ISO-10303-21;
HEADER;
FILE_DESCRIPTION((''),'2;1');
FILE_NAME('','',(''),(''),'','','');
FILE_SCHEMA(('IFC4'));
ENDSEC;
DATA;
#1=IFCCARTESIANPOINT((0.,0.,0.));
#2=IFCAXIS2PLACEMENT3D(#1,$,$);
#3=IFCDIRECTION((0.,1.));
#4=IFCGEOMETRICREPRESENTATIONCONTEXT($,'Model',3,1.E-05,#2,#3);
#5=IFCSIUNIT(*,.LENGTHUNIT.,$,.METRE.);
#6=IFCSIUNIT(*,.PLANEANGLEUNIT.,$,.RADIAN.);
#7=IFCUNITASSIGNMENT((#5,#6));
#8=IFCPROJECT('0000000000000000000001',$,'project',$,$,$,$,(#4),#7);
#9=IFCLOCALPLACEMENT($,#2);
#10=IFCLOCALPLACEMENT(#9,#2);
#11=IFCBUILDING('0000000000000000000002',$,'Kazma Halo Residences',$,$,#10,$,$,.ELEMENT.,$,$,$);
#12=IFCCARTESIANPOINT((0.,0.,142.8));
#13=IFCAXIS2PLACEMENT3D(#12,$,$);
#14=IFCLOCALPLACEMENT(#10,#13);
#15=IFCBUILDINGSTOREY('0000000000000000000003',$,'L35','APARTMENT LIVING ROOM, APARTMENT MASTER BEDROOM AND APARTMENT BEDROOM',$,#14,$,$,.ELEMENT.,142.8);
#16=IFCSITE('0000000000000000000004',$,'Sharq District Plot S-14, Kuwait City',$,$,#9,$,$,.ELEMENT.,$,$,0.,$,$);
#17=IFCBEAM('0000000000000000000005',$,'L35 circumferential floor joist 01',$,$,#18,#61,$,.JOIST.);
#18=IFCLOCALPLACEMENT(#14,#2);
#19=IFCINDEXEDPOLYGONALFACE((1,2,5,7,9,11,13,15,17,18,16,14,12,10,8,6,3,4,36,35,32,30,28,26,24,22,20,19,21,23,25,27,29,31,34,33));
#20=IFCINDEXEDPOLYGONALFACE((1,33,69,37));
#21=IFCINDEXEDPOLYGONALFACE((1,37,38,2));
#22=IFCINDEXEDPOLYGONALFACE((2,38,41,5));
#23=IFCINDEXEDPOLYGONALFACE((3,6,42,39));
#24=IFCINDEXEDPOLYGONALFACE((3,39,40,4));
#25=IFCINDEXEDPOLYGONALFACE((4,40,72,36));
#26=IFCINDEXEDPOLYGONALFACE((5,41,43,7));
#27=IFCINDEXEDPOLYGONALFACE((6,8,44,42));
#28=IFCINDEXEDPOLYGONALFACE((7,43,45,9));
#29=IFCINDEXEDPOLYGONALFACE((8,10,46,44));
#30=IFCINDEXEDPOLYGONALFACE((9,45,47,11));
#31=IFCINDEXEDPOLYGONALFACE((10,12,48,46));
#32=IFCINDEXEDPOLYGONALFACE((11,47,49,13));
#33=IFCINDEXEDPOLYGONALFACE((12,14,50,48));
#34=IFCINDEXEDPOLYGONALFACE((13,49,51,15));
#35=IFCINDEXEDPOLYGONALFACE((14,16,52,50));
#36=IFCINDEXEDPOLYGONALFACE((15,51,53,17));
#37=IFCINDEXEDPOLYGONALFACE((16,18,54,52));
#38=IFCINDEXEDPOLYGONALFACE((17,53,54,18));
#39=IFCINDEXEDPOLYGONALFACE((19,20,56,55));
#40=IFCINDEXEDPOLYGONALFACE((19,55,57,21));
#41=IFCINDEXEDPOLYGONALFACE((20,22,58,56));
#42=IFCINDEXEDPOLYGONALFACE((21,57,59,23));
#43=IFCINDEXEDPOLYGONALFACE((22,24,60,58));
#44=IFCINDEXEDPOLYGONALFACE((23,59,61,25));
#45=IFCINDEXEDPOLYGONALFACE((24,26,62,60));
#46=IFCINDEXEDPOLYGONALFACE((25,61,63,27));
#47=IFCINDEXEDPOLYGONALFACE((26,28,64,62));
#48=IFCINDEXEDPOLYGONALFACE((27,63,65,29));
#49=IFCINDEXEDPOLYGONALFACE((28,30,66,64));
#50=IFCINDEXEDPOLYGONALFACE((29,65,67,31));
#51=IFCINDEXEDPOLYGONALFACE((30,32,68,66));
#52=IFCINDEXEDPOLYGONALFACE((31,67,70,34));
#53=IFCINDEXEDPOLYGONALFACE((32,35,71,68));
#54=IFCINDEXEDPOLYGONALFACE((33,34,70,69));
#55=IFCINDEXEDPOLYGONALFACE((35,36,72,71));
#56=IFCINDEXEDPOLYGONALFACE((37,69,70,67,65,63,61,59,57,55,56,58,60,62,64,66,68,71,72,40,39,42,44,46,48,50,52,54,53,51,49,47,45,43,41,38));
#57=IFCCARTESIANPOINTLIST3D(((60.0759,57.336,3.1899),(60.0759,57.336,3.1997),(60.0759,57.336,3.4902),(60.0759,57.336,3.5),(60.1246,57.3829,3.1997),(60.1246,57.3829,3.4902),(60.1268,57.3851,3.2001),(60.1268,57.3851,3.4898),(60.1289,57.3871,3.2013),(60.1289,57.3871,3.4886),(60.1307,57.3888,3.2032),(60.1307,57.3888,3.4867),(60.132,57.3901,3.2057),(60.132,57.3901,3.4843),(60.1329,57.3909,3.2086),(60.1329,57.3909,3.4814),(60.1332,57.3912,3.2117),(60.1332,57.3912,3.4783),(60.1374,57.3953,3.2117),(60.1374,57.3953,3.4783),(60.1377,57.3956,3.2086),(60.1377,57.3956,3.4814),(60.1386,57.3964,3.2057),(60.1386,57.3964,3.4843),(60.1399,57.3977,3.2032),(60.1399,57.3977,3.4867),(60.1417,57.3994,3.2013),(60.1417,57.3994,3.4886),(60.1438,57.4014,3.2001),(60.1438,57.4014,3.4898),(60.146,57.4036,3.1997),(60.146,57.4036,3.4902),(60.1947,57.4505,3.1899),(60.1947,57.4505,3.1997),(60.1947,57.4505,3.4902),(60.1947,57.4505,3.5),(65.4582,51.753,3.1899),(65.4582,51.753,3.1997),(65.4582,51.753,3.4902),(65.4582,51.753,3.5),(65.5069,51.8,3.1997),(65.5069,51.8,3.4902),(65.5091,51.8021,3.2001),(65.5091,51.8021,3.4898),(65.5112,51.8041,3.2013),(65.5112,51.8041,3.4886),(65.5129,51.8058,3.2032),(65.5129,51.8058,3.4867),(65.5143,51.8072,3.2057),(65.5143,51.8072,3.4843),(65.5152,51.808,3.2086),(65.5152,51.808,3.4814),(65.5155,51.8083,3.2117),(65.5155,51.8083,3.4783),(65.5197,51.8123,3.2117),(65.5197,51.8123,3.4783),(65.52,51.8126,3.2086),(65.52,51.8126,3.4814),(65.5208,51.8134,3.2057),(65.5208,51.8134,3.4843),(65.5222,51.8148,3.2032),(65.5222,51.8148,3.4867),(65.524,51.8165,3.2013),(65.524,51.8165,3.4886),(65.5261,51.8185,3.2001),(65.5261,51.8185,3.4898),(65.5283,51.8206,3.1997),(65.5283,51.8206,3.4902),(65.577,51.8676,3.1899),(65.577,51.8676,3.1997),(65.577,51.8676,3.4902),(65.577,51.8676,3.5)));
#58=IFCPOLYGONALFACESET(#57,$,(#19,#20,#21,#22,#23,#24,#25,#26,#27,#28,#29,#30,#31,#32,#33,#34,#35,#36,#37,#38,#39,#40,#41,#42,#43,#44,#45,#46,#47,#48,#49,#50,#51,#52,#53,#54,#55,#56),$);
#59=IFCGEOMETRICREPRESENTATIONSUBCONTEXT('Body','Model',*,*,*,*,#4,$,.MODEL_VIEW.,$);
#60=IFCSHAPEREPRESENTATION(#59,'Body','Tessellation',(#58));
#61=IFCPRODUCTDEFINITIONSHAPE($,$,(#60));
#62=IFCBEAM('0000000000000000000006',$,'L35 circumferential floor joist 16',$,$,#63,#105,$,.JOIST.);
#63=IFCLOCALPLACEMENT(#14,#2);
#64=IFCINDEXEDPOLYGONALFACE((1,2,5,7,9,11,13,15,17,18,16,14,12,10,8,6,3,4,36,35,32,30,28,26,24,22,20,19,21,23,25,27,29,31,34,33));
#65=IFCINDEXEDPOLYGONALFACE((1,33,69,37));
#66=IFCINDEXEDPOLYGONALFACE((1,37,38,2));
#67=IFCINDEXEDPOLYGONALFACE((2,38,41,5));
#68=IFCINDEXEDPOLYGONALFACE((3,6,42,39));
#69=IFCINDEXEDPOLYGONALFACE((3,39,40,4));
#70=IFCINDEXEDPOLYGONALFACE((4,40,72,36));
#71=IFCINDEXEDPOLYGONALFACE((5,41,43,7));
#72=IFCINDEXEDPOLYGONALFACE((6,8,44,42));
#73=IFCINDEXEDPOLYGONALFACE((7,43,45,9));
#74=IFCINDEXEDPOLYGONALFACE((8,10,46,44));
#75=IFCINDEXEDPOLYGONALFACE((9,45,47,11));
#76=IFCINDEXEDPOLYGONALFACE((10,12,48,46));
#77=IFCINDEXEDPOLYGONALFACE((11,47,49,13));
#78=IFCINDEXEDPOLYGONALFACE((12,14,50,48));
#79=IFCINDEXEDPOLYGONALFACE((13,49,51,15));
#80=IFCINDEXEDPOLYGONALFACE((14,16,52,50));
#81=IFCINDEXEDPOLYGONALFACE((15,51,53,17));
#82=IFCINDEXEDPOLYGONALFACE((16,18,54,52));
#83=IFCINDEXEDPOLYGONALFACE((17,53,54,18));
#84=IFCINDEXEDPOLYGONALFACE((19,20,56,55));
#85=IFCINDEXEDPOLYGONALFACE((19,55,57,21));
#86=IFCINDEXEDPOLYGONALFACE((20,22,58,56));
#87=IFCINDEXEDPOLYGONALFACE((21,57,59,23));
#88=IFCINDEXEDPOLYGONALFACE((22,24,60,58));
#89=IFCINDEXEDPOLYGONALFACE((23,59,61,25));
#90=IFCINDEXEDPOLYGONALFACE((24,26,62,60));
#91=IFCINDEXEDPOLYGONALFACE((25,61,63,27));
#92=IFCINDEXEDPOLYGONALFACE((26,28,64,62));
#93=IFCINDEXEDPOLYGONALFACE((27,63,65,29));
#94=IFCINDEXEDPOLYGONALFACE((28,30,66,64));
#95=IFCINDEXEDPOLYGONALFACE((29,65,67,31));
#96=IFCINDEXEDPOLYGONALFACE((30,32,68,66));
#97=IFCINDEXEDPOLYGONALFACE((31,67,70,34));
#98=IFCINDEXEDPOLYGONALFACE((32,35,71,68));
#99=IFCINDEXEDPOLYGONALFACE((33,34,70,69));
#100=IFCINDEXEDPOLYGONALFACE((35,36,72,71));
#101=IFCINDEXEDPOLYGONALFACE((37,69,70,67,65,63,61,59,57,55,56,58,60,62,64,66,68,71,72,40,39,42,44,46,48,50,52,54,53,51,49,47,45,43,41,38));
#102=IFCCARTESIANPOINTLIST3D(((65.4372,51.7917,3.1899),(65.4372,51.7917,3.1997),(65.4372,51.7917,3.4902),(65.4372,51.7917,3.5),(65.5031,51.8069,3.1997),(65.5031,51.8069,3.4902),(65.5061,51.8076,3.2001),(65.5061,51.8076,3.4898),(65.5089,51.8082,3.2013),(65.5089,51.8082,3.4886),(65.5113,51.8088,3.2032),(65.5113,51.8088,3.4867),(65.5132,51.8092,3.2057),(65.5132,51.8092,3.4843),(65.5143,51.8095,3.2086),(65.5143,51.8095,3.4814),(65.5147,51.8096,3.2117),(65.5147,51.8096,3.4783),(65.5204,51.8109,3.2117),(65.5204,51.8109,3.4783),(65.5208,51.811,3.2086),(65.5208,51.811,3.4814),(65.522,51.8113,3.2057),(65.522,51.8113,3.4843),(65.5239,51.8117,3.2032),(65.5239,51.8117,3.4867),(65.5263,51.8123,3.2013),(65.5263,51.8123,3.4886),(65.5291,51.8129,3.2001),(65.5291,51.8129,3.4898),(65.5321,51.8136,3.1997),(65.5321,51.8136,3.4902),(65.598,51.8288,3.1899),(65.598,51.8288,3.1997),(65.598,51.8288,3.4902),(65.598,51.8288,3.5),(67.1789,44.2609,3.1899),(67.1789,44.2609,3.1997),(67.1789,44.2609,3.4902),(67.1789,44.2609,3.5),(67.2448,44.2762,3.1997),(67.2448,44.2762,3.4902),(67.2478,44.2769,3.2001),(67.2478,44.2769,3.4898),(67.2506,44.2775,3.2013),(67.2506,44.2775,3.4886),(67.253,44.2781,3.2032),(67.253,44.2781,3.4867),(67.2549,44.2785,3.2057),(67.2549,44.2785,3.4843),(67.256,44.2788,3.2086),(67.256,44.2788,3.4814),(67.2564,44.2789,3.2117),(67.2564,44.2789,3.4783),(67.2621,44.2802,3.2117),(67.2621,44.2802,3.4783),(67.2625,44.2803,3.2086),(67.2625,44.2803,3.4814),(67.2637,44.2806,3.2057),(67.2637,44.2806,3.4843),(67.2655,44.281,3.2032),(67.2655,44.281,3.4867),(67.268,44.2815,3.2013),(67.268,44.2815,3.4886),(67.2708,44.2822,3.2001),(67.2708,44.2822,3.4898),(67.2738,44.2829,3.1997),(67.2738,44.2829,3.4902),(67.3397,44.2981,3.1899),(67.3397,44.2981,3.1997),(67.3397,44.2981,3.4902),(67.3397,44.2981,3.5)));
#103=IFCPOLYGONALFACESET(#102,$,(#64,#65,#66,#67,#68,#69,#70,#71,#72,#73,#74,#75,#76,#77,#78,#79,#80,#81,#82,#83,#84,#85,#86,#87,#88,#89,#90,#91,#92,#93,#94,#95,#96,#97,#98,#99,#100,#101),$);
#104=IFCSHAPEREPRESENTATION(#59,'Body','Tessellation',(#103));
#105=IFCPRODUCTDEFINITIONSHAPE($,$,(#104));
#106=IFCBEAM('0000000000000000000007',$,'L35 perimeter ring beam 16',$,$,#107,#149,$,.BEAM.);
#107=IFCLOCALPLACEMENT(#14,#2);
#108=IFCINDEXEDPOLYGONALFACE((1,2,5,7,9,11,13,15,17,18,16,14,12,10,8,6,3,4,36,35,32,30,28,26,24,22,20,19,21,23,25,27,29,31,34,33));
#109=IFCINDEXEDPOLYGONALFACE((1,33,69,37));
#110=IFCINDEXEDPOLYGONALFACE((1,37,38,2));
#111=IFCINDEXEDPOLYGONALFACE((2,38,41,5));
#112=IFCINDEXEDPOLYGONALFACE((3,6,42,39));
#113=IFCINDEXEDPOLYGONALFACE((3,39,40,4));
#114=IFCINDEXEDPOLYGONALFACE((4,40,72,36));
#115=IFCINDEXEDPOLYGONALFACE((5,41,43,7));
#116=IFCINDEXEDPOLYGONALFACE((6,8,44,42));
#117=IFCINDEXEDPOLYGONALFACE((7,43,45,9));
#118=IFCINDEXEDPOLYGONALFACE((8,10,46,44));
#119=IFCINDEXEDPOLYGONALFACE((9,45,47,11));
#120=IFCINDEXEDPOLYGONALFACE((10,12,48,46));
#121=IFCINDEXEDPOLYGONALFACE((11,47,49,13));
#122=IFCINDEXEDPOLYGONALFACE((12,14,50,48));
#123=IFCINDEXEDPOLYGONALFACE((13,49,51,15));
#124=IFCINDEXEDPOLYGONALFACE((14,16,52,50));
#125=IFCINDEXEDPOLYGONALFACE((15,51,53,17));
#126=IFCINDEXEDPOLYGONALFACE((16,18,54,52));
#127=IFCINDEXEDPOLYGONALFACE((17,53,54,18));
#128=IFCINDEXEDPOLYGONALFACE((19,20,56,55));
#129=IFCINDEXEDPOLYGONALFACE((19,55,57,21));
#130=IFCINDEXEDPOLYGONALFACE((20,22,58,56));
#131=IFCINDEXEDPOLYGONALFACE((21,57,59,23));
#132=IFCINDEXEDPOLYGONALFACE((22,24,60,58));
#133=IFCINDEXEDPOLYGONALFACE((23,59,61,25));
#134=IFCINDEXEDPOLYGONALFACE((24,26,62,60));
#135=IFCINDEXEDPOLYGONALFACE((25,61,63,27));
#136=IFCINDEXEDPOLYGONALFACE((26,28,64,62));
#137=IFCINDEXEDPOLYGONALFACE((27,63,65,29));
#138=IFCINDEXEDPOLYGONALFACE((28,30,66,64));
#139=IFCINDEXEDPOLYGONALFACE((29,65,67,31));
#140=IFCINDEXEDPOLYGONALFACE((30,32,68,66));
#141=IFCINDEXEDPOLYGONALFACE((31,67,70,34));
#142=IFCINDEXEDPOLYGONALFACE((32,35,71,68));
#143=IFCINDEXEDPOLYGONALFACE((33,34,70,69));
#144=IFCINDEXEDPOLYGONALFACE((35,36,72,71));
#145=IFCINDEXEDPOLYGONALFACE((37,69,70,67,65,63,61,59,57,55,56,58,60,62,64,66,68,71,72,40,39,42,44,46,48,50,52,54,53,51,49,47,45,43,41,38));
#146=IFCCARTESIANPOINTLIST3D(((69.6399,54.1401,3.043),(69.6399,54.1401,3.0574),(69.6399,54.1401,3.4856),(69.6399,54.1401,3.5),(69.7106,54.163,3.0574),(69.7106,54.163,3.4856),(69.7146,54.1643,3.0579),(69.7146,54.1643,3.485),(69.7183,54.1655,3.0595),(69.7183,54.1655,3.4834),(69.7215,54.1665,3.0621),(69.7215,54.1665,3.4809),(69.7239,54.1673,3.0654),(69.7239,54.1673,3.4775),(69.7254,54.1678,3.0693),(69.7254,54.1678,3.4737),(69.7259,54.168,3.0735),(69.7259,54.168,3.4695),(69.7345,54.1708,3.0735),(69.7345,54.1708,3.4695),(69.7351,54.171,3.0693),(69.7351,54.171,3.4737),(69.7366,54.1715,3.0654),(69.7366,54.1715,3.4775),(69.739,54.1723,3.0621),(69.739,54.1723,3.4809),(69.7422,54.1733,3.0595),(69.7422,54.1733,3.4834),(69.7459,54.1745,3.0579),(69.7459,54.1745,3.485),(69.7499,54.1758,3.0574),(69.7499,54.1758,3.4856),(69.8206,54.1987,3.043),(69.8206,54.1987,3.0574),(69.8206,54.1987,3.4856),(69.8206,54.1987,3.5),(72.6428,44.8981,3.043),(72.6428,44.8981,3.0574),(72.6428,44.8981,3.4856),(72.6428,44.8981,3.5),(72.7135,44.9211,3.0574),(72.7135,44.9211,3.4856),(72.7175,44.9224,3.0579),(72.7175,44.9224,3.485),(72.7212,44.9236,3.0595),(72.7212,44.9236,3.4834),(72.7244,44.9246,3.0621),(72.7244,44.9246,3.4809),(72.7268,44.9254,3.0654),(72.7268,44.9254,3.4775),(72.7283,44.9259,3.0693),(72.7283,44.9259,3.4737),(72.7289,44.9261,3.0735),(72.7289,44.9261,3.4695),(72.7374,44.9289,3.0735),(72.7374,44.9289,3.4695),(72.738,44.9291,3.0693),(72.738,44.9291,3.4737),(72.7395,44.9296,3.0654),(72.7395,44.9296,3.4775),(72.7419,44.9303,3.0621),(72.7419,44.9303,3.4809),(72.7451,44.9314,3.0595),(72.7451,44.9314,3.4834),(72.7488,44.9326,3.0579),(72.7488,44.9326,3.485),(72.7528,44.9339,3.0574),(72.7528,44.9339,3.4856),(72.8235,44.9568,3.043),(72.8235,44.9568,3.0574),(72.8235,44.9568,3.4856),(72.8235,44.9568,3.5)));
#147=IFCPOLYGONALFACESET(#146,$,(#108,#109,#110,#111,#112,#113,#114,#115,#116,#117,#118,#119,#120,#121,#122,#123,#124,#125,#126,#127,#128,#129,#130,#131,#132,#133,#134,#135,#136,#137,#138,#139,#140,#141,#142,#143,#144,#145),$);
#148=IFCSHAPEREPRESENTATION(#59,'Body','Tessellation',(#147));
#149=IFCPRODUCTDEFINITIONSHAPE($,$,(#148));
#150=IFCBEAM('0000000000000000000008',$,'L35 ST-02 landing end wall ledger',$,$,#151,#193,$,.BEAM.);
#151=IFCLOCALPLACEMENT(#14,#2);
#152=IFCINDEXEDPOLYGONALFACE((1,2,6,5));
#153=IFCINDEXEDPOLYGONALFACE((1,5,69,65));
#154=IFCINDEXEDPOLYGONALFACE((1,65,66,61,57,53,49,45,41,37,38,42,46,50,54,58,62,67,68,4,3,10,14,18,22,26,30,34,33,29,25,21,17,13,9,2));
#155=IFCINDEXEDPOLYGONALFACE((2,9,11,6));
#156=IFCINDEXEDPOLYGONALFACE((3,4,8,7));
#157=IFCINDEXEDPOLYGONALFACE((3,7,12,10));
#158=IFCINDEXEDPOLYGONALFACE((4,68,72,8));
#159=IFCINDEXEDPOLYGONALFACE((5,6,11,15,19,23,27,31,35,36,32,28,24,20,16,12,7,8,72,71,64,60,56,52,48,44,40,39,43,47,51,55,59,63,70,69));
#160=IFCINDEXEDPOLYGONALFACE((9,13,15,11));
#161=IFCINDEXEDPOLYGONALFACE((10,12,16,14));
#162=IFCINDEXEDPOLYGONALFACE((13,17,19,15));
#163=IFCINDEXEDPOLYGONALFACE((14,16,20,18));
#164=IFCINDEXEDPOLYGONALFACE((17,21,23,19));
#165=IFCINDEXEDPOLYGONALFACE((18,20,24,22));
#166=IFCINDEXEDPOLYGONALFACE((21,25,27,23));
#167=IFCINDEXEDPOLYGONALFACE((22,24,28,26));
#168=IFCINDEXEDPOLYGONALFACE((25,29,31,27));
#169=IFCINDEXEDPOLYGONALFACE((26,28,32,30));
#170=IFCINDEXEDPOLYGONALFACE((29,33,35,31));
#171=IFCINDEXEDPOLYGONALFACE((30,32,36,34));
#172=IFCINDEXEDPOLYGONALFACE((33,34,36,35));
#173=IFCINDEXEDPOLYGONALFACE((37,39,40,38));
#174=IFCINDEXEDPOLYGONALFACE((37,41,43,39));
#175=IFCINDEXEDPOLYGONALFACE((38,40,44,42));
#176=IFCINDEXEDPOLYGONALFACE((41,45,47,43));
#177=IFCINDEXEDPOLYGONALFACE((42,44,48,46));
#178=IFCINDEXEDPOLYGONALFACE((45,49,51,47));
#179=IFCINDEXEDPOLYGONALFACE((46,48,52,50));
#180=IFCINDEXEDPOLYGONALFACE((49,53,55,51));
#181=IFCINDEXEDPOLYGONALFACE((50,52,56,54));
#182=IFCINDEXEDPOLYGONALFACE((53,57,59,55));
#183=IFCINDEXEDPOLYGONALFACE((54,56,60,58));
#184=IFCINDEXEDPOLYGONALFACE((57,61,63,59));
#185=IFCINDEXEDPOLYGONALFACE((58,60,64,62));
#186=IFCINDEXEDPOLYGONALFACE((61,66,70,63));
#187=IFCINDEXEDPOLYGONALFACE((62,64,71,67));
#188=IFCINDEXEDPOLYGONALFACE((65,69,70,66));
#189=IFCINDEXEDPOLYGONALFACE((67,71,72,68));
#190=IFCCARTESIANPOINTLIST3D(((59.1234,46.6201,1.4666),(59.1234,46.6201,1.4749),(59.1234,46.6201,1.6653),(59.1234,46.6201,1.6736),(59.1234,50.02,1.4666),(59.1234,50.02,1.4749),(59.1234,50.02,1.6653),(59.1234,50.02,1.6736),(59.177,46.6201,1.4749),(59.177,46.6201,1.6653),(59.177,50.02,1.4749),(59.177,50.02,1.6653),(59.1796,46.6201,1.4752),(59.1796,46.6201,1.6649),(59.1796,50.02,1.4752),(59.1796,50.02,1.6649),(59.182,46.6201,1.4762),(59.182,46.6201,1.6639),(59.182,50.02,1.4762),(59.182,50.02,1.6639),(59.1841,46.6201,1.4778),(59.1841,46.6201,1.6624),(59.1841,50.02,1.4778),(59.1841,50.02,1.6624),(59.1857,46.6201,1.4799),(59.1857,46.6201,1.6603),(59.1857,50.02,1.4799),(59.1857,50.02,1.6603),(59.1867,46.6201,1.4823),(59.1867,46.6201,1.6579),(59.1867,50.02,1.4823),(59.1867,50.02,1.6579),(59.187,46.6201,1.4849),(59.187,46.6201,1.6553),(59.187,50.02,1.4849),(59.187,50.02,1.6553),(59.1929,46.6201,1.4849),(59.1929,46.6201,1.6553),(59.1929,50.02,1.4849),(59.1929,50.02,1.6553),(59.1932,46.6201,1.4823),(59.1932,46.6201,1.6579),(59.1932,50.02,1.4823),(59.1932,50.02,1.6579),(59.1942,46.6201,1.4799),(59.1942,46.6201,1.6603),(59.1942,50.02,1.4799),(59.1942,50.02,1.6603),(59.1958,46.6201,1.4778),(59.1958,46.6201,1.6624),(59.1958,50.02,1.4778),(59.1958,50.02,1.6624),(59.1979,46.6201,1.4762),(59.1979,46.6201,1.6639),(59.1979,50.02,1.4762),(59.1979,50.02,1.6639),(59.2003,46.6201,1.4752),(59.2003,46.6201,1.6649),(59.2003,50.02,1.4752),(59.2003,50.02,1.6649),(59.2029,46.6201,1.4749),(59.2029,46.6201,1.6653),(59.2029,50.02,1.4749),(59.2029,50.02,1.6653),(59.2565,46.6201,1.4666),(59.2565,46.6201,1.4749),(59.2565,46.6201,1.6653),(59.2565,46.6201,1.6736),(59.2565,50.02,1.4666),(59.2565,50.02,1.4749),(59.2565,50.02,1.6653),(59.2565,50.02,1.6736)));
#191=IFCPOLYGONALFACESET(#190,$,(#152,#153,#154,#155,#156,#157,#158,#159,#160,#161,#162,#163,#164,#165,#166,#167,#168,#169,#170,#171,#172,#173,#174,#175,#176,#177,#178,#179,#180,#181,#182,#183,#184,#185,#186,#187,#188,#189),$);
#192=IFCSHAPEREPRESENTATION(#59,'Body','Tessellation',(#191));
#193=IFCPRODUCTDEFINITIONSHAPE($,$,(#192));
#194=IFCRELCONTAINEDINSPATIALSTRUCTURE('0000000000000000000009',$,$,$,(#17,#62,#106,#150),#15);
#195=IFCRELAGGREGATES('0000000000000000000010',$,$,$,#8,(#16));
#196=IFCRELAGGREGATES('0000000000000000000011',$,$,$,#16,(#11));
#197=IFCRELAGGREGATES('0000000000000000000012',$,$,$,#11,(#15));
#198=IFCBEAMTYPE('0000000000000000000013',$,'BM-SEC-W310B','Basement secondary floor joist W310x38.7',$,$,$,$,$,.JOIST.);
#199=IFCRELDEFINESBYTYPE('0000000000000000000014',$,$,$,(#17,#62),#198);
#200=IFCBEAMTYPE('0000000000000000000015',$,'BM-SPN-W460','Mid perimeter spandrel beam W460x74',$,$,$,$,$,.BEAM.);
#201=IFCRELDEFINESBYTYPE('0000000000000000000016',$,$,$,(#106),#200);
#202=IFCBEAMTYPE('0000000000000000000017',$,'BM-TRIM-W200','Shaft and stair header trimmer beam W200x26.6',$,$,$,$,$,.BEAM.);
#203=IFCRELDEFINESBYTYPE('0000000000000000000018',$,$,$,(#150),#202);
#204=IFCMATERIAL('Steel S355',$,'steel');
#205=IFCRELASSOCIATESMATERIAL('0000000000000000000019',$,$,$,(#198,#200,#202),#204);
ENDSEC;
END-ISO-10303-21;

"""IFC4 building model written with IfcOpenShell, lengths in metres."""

from ifc_helpers import new_model, si_unit, direction, frame, origin, origin_2d, place, context, subcontext, project, spatial, i_section, extrude, material, material_profile, profile_set, type_object, element, save


model = new_model("IFC4")

# Units and contexts
model_context = context("Model", 3, precision=1e-05, world=origin(), true_north=direction((0.0, 1.0)))
body_context = subcontext(model_context, "Body", "Model", "MODEL_VIEW")
ifc_project = project(units=[si_unit("LENGTHUNIT", "METRE"), si_unit("PLANEANGLEUNIT", "RADIAN")], contexts=[model_context])

# Site, building, storey
site_placement = place(None, origin())
site = spatial("IfcSite", under=ifc_project, at=site_placement, Name="Sharq District Plot S-14, Kuwait City", CompositionType="ELEMENT", RefElevation=0.0)
building_placement = place(site_placement, origin())
building = spatial("IfcBuilding", under=site, at=building_placement, Name="Kazma Halo Residences", CompositionType="ELEMENT")
storey_placement = place(building_placement, frame((0.0, 0.0, 142.8)))
storey = spatial("IfcBuildingStorey", under=building, at=storey_placement, Name="L35", Description="APARTMENT LIVING ROOM, APARTMENT MASTER BEDROOM AND APARTMENT BEDROOM", CompositionType="ELEMENT", Elevation=142.8)

# Beams
ifc_material_1 = material(Name="Steel S355", Category="steel")
ifc_material_profile_1 = material_profile(ifc_material_1, i_section(OverallWidth=0.165, OverallDepth=0.3101, WebThickness=0.0059, FlangeThickness=0.0098, FilletRadius=0.012, at=origin_2d()), Name="W310x38.7")
ifc_profile_set_1 = profile_set([ifc_material_profile_1], Name="Steel S355")
beam_type_1 = type_object("IfcBeamType", Name="BM-SEC-W310B", Description="Basement secondary floor joist W310x38.7", PredefinedType="JOIST", material=ifc_profile_set_1)
beam_1_placement = place(storey_placement, frame((65.5176, 51.8103, 3.345), z_axis=(-0.694049, 0.719927, 0.0), x_axis=(-0.719927, -0.694049, 0.0)))
element("IfcBeam", 1, at=beam_1_placement, inside=storey, type_object=beam_type_1, Name="L35 circumferential floor joist 01", PredefinedType="JOIST", context=body_context, shape_type="SweptSolid", body=[
    extrude(i_section(OverallWidth=0.165, OverallDepth=0.3101, WebThickness=0.0059, FlangeThickness=0.0098, FilletRadius=0.012, at=origin_2d()), origin(), (0.0, 0.0, 1.0), 7.7549),
])
beam_2_placement = place(storey_placement, frame((67.2593, 44.2795, 3.345), z_axis=(-0.22533, 0.974282, 0.0), x_axis=(-0.974282, -0.22533, 0.0)))
element("IfcBeam", 2, at=beam_2_placement, inside=storey, type_object=beam_type_1, Name="L35 circumferential floor joist 16", PredefinedType="JOIST", context=body_context, shape_type="SweptSolid", body=[
    extrude(i_section(OverallWidth=0.165, OverallDepth=0.3101, WebThickness=0.0059, FlangeThickness=0.0098, FilletRadius=0.012, at=origin_2d()), origin(), (0.0, 0.0, 1.0), 7.7295),
])
ifc_material_profile_2 = material_profile(ifc_material_1, i_section(OverallWidth=0.1899, OverallDepth=0.457, WebThickness=0.009, FlangeThickness=0.0144, FilletRadius=0.0161, at=origin_2d()), Name="W460x74")
ifc_profile_set_2 = profile_set([ifc_material_profile_2], Name="Steel S355")
beam_type_2 = type_object("IfcBeamType", Name="BM-SPN-W460", Description="Mid perimeter spandrel beam W460x74", PredefinedType="BEAM", material=ifc_profile_set_2)
beam_3_placement = place(storey_placement, frame((72.7332, 44.9275, 3.2715), z_axis=(-0.309021, 0.951055, 0.0), x_axis=(-0.951055, -0.309021, 0.0)))
element("IfcBeam", 3, at=beam_3_placement, inside=storey, type_object=beam_type_2, Name="L35 perimeter ring beam 16", PredefinedType="BEAM", context=body_context, shape_type="SweptSolid", body=[
    extrude(i_section(OverallWidth=0.1899, OverallDepth=0.457, WebThickness=0.009, FlangeThickness=0.0144, FilletRadius=0.0161, at=origin_2d()), origin(), (0.0, 0.0, 1.0), 9.7175),
])
ifc_material_profile_3 = material_profile(ifc_material_1, i_section(OverallWidth=0.1331, OverallDepth=0.207, WebThickness=0.0059, FlangeThickness=0.0083, FilletRadius=0.01, at=origin_2d()), Name="W200x26.6")
ifc_profile_set_3 = profile_set([ifc_material_profile_3], Name="Steel S355")
beam_type_3 = type_object("IfcBeamType", Name="BM-TRIM-W200", Description="Shaft and stair header trimmer beam W200x26.6", PredefinedType="BEAM", material=ifc_profile_set_3)
beam_4_placement = place(storey_placement, frame((59.1899, 46.6201, 1.5701), z_axis=(0.0, 1.0, 0.0), x_axis=(-1.0, 0.0, 0.0)))
element("IfcBeam", 4, at=beam_4_placement, inside=storey, type_object=beam_type_3, Name="L35 ST-02 landing end wall ledger", PredefinedType="BEAM", context=body_context, shape_type="SweptSolid", body=[
    extrude(i_section(OverallWidth=0.1331, OverallDepth=0.207, WebThickness=0.0059, FlangeThickness=0.0083, FilletRadius=0.01, at=origin_2d()), origin(), (0.0, 0.0, 1.0), 3.3999),
])

save(model, "model.ifc")
